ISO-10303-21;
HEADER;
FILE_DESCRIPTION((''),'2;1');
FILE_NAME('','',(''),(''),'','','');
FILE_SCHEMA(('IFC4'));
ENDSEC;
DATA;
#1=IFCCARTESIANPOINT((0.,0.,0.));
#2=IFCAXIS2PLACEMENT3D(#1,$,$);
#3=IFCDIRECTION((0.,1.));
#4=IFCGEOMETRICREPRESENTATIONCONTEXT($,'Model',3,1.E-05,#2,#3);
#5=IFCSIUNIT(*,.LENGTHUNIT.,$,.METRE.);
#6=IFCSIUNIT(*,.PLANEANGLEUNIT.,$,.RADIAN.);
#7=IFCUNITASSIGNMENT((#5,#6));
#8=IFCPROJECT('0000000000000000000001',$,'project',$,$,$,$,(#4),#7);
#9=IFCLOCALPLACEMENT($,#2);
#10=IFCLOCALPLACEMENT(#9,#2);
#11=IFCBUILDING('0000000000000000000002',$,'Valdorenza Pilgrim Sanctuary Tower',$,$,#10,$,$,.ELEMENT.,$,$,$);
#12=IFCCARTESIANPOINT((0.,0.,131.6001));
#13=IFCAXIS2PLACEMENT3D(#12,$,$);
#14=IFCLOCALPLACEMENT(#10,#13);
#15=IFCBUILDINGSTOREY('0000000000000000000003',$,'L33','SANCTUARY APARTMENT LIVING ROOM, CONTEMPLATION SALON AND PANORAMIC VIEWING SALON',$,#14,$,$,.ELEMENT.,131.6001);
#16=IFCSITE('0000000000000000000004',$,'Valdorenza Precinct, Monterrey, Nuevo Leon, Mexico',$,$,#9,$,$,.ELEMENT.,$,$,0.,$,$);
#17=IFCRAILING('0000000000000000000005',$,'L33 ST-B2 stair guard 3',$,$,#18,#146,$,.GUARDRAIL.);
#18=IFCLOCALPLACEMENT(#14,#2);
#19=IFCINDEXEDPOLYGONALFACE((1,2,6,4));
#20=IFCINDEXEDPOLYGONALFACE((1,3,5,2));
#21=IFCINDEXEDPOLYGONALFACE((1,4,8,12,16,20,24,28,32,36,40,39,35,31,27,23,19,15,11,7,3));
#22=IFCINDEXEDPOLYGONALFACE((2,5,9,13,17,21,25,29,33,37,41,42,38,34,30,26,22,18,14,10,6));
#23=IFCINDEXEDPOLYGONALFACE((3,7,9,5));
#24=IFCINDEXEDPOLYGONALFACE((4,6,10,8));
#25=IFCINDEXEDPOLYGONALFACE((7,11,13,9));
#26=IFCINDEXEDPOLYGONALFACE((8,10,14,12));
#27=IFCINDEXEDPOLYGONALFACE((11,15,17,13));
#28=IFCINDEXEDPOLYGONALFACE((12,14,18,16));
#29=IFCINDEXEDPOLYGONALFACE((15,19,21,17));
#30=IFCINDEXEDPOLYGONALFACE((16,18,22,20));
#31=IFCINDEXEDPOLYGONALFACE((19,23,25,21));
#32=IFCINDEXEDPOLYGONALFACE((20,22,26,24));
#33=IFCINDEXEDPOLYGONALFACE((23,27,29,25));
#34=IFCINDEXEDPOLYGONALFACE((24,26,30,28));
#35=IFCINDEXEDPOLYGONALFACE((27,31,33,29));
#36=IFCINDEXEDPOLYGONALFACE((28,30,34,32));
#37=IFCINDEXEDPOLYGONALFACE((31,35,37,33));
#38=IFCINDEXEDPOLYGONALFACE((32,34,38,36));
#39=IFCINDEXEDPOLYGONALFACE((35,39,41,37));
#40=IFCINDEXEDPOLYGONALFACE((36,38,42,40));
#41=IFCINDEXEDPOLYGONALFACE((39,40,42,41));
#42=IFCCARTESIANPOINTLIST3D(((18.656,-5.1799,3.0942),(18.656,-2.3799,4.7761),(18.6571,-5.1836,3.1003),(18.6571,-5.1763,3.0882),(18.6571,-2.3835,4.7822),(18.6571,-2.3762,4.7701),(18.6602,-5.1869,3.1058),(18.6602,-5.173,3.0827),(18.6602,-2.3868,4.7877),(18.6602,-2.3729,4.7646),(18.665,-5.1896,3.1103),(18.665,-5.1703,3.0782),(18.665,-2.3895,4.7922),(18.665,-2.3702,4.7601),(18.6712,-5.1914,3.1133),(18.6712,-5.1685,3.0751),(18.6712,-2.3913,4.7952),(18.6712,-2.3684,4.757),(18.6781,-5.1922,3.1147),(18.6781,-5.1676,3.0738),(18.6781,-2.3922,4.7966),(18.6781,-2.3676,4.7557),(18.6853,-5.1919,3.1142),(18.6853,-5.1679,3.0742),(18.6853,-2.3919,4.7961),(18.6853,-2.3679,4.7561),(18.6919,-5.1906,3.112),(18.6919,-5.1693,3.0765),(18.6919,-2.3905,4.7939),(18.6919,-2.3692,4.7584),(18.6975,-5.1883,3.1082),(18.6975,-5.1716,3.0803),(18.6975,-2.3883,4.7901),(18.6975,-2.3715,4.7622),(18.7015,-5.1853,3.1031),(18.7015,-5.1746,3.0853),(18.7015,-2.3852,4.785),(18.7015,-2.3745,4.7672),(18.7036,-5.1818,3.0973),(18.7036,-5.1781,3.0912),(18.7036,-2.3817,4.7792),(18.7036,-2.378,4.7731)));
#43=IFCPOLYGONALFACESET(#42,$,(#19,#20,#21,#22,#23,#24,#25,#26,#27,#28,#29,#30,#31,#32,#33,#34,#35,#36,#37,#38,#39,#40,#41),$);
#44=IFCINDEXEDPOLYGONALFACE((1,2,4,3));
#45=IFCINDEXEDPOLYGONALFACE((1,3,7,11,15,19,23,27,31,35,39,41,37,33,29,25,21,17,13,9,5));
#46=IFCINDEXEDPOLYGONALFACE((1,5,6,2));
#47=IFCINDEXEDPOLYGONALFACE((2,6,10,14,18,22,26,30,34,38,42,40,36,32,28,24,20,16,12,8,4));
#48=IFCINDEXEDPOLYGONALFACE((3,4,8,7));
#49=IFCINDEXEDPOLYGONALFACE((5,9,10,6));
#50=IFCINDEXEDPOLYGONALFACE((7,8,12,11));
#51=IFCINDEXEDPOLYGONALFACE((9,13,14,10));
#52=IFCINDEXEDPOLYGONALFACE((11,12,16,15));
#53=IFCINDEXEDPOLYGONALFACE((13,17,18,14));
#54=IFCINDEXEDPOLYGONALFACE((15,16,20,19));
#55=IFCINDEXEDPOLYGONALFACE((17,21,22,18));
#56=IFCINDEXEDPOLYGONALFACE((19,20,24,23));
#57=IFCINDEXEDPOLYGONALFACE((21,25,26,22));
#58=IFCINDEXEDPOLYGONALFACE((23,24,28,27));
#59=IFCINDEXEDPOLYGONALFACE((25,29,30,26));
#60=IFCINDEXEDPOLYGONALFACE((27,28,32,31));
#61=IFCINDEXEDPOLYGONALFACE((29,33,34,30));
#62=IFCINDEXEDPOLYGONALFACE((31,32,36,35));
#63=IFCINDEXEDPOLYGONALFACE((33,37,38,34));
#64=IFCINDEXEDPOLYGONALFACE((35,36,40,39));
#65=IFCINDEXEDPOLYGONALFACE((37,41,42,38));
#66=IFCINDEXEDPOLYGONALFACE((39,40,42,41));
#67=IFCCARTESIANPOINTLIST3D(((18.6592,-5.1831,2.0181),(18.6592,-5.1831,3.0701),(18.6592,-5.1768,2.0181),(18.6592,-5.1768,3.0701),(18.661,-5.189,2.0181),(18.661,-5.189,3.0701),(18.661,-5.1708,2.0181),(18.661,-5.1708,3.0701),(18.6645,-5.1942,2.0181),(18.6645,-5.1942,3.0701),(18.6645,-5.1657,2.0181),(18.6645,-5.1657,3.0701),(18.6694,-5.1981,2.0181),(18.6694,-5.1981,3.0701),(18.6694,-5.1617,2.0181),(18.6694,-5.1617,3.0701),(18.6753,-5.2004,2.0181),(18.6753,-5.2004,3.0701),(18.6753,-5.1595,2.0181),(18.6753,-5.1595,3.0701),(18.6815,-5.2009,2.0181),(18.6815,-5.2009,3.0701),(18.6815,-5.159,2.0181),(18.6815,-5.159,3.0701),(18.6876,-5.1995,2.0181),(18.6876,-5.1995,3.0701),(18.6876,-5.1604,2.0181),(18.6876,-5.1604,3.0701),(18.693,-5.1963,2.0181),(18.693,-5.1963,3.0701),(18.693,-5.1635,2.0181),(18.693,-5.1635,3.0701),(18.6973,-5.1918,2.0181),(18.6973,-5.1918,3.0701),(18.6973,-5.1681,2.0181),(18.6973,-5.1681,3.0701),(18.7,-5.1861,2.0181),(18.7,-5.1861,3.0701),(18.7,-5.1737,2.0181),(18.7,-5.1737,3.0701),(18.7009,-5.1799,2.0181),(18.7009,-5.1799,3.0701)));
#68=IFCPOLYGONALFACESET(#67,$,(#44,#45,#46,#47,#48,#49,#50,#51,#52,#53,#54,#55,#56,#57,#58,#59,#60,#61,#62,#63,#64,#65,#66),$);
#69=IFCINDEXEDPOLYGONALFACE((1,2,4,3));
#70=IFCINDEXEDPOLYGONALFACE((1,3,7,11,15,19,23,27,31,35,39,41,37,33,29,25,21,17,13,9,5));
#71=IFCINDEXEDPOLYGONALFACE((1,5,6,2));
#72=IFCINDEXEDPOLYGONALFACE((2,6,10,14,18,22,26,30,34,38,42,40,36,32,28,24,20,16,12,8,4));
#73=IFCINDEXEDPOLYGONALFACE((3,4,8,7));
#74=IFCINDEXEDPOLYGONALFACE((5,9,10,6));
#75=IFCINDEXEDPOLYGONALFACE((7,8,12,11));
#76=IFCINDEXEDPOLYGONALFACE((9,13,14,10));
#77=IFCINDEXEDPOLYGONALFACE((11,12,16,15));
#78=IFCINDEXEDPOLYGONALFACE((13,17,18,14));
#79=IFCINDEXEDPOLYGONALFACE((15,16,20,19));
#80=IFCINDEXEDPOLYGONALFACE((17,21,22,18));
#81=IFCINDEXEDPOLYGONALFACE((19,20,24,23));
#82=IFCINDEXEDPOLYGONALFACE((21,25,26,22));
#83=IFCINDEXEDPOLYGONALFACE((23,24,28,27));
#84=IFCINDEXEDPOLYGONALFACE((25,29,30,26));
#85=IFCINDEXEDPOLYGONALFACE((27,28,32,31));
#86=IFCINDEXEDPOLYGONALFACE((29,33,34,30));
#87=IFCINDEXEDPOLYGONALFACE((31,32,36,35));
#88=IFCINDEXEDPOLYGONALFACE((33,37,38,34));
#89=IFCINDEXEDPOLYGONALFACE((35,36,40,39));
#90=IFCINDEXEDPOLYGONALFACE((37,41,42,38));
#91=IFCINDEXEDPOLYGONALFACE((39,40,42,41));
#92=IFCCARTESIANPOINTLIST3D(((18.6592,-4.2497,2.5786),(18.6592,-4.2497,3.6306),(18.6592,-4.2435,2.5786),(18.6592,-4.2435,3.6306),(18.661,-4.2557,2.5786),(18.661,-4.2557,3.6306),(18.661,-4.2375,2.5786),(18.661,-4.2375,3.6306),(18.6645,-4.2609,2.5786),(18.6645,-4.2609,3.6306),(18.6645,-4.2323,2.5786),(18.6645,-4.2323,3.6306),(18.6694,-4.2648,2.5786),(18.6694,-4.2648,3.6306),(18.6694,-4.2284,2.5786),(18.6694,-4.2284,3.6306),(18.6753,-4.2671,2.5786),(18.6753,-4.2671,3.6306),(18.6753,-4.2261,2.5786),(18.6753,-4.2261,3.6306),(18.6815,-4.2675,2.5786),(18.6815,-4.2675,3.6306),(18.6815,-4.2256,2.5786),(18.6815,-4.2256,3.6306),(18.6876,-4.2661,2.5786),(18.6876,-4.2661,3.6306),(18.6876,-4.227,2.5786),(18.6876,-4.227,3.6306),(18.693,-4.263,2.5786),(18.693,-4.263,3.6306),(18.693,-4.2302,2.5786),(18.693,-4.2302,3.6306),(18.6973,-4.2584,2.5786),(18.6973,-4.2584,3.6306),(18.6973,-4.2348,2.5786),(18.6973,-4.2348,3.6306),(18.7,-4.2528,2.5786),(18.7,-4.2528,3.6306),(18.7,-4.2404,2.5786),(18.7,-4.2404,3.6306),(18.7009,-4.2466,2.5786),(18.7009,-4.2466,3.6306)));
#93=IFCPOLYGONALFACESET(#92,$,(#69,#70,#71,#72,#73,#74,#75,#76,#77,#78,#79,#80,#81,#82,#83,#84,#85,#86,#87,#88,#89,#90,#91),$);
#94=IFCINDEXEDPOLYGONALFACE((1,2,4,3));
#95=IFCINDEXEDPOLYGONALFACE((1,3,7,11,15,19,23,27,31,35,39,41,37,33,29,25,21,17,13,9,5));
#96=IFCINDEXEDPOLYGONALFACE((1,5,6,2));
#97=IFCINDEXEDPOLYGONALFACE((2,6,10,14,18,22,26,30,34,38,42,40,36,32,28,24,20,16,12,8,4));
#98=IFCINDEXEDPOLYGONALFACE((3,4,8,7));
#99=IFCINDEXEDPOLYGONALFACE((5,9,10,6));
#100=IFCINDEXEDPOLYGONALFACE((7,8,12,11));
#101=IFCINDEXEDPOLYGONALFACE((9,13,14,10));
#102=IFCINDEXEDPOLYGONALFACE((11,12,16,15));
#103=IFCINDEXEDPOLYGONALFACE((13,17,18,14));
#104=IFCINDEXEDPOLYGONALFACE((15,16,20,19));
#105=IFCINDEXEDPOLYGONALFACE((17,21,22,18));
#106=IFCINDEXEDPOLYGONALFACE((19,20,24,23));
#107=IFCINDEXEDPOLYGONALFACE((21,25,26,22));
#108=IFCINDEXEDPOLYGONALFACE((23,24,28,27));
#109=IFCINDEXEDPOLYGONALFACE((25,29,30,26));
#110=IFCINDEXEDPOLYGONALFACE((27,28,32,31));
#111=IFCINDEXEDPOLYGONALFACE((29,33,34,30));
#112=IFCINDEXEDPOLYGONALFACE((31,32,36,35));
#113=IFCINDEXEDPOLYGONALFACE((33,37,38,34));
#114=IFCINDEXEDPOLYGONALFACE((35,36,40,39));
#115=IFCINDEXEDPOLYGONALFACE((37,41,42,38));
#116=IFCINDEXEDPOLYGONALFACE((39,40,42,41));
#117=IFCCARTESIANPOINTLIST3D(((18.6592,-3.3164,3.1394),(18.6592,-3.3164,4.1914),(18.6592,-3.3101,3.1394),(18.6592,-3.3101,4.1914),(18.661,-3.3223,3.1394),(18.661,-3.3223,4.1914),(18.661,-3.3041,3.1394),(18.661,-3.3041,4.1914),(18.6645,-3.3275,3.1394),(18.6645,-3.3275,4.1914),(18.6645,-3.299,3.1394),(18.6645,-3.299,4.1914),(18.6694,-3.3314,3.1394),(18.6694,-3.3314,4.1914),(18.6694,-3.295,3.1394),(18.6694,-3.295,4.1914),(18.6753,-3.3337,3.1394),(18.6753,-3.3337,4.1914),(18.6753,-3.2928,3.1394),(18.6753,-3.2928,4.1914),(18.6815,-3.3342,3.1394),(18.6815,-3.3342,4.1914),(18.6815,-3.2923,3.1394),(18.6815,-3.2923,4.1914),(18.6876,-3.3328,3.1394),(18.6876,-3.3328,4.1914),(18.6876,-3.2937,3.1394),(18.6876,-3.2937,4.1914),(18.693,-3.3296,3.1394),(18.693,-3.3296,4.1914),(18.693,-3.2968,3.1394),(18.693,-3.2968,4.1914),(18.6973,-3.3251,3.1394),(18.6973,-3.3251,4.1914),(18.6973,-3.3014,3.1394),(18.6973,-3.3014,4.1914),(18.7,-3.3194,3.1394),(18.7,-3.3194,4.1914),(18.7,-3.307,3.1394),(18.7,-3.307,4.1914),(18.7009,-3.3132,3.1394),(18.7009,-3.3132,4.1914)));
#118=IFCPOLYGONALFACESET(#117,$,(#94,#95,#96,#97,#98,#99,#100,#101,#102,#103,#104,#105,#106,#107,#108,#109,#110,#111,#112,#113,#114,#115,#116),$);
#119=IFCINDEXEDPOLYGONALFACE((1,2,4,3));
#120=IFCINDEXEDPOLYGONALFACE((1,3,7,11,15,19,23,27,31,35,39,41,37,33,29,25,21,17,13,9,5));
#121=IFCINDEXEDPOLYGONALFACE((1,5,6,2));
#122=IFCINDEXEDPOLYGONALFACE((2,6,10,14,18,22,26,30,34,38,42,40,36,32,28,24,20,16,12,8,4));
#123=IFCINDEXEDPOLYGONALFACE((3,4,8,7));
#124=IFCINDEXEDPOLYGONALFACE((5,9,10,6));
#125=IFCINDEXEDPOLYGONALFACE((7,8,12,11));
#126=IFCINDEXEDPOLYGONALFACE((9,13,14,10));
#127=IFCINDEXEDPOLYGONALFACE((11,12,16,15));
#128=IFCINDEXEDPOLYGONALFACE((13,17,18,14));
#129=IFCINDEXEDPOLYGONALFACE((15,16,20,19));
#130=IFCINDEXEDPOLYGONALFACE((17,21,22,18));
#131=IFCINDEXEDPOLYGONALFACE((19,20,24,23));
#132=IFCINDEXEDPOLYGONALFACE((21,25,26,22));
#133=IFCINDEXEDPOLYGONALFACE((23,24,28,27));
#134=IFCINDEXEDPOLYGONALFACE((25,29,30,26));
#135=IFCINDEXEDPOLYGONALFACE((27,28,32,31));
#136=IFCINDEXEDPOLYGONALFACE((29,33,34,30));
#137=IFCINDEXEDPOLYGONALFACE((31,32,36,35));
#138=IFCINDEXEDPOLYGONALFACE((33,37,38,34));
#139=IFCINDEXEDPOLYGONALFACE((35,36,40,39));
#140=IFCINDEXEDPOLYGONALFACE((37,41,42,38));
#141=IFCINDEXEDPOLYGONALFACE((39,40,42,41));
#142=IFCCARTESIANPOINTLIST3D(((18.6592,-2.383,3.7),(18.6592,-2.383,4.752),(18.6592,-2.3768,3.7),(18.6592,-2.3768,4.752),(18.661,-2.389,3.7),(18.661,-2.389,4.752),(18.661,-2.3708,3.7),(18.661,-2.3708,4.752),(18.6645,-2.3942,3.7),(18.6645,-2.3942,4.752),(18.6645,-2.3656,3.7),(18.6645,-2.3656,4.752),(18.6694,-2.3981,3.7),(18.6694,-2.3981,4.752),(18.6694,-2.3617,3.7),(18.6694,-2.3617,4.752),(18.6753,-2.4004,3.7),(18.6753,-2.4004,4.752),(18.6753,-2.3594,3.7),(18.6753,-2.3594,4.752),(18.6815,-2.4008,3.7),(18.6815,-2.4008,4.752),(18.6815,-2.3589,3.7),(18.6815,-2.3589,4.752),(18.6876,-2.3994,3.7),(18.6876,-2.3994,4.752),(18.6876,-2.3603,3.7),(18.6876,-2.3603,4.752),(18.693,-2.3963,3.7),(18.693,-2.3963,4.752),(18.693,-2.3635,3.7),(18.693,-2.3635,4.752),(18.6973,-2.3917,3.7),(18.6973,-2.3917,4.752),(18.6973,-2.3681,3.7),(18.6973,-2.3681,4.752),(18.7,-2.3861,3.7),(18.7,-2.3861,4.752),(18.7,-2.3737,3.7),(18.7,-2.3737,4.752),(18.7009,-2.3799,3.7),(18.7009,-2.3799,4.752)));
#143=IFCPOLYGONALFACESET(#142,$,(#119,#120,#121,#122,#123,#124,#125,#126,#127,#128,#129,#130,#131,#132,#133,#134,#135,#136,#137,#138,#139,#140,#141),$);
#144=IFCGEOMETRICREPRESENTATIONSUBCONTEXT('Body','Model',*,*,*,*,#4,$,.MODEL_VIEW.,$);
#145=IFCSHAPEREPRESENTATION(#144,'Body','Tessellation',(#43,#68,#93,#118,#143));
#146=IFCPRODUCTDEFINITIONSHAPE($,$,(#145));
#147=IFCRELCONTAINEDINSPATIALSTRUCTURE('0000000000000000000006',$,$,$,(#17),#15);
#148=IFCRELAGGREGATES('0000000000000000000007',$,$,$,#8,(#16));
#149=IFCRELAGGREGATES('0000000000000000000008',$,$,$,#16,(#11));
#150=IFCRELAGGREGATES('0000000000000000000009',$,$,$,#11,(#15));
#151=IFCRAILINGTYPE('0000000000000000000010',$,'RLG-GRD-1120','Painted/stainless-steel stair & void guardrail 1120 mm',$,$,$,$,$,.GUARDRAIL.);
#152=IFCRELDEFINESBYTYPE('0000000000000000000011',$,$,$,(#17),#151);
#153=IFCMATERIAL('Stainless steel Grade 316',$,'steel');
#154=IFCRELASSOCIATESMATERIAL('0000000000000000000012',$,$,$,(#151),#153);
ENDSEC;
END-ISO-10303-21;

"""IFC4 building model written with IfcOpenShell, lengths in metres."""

from ifc_helpers import new_model, si_unit, direction, frame, origin, origin_2d, place, context, subcontext, project, spatial, circle, extrude, material, type_object, element, save


model = new_model("IFC4")

# Units and contexts
model_context = context("Model", 3, precision=1e-05, world=origin(), true_north=direction((0.0, 1.0)))
body_context = subcontext(model_context, "Body", "Model", "MODEL_VIEW")
ifc_project = project(units=[si_unit("LENGTHUNIT", "METRE"), si_unit("PLANEANGLEUNIT", "RADIAN")], contexts=[model_context])

# Site, building, storey
site_placement = place(None, origin())
site = spatial("IfcSite", under=ifc_project, at=site_placement, Name="Valdorenza Precinct, Monterrey, Nuevo Leon, Mexico", CompositionType="ELEMENT", RefElevation=0.0)
building_placement = place(site_placement, origin())
building = spatial("IfcBuilding", under=site, at=building_placement, Name="Valdorenza Pilgrim Sanctuary Tower", CompositionType="ELEMENT")
storey_placement = place(building_placement, frame((0.0, 0.0, 131.6001)))
storey = spatial("IfcBuildingStorey", under=building, at=storey_placement, Name="L33", Description="SANCTUARY APARTMENT LIVING ROOM, CONTEMPLATION SALON AND PANORAMIC VIEWING SALON", CompositionType="ELEMENT", Elevation=131.6001)

# Railing
ifc_material_1 = material(Name="Stainless steel Grade 316", Category="steel")
railing_type_1 = type_object("IfcRailingType", Name="RLG-GRD-1120", Description="Painted/stainless-steel stair & void guardrail 1120 mm", PredefinedType="GUARDRAIL", material=ifc_material_1)
railing_1_placement = place(storey_placement, frame((18.6799, -5.1799, 2.0181)))
element("IfcRailing", 1, at=railing_1_placement, inside=storey, type_object=railing_type_1, Name="L33 ST-B2 stair guard 3", PredefinedType="GUARDRAIL", context=body_context, shape_type="SweptSolid", body=[
    extrude(circle(Radius=0.0239, at=origin_2d()), frame((0.0, 0.0, 1.0762), z_axis=(0.0, 0.857242, 0.514913), x_axis=(-1.0, 0.0, 0.0)), (0.0, 0.0, 1.0), 3.2664),
    extrude(circle(Radius=0.021, at=origin_2d()), origin(), (0.0, 0.0, 1.0), 1.052),
    extrude(circle(Radius=0.021, at=origin_2d()), frame((0.0, 0.9333, 0.5605)), (0.0, 0.0, 1.0), 1.052),
    extrude(circle(Radius=0.021, at=origin_2d()), frame((0.0, 1.8667, 1.1213)), (0.0, 0.0, 1.0), 1.052),
    extrude(circle(Radius=0.021, at=origin_2d()), frame((0.0, 2.8, 1.6819)), (0.0, 0.0, 1.0), 1.052),
])

save(model, "model.ifc")
